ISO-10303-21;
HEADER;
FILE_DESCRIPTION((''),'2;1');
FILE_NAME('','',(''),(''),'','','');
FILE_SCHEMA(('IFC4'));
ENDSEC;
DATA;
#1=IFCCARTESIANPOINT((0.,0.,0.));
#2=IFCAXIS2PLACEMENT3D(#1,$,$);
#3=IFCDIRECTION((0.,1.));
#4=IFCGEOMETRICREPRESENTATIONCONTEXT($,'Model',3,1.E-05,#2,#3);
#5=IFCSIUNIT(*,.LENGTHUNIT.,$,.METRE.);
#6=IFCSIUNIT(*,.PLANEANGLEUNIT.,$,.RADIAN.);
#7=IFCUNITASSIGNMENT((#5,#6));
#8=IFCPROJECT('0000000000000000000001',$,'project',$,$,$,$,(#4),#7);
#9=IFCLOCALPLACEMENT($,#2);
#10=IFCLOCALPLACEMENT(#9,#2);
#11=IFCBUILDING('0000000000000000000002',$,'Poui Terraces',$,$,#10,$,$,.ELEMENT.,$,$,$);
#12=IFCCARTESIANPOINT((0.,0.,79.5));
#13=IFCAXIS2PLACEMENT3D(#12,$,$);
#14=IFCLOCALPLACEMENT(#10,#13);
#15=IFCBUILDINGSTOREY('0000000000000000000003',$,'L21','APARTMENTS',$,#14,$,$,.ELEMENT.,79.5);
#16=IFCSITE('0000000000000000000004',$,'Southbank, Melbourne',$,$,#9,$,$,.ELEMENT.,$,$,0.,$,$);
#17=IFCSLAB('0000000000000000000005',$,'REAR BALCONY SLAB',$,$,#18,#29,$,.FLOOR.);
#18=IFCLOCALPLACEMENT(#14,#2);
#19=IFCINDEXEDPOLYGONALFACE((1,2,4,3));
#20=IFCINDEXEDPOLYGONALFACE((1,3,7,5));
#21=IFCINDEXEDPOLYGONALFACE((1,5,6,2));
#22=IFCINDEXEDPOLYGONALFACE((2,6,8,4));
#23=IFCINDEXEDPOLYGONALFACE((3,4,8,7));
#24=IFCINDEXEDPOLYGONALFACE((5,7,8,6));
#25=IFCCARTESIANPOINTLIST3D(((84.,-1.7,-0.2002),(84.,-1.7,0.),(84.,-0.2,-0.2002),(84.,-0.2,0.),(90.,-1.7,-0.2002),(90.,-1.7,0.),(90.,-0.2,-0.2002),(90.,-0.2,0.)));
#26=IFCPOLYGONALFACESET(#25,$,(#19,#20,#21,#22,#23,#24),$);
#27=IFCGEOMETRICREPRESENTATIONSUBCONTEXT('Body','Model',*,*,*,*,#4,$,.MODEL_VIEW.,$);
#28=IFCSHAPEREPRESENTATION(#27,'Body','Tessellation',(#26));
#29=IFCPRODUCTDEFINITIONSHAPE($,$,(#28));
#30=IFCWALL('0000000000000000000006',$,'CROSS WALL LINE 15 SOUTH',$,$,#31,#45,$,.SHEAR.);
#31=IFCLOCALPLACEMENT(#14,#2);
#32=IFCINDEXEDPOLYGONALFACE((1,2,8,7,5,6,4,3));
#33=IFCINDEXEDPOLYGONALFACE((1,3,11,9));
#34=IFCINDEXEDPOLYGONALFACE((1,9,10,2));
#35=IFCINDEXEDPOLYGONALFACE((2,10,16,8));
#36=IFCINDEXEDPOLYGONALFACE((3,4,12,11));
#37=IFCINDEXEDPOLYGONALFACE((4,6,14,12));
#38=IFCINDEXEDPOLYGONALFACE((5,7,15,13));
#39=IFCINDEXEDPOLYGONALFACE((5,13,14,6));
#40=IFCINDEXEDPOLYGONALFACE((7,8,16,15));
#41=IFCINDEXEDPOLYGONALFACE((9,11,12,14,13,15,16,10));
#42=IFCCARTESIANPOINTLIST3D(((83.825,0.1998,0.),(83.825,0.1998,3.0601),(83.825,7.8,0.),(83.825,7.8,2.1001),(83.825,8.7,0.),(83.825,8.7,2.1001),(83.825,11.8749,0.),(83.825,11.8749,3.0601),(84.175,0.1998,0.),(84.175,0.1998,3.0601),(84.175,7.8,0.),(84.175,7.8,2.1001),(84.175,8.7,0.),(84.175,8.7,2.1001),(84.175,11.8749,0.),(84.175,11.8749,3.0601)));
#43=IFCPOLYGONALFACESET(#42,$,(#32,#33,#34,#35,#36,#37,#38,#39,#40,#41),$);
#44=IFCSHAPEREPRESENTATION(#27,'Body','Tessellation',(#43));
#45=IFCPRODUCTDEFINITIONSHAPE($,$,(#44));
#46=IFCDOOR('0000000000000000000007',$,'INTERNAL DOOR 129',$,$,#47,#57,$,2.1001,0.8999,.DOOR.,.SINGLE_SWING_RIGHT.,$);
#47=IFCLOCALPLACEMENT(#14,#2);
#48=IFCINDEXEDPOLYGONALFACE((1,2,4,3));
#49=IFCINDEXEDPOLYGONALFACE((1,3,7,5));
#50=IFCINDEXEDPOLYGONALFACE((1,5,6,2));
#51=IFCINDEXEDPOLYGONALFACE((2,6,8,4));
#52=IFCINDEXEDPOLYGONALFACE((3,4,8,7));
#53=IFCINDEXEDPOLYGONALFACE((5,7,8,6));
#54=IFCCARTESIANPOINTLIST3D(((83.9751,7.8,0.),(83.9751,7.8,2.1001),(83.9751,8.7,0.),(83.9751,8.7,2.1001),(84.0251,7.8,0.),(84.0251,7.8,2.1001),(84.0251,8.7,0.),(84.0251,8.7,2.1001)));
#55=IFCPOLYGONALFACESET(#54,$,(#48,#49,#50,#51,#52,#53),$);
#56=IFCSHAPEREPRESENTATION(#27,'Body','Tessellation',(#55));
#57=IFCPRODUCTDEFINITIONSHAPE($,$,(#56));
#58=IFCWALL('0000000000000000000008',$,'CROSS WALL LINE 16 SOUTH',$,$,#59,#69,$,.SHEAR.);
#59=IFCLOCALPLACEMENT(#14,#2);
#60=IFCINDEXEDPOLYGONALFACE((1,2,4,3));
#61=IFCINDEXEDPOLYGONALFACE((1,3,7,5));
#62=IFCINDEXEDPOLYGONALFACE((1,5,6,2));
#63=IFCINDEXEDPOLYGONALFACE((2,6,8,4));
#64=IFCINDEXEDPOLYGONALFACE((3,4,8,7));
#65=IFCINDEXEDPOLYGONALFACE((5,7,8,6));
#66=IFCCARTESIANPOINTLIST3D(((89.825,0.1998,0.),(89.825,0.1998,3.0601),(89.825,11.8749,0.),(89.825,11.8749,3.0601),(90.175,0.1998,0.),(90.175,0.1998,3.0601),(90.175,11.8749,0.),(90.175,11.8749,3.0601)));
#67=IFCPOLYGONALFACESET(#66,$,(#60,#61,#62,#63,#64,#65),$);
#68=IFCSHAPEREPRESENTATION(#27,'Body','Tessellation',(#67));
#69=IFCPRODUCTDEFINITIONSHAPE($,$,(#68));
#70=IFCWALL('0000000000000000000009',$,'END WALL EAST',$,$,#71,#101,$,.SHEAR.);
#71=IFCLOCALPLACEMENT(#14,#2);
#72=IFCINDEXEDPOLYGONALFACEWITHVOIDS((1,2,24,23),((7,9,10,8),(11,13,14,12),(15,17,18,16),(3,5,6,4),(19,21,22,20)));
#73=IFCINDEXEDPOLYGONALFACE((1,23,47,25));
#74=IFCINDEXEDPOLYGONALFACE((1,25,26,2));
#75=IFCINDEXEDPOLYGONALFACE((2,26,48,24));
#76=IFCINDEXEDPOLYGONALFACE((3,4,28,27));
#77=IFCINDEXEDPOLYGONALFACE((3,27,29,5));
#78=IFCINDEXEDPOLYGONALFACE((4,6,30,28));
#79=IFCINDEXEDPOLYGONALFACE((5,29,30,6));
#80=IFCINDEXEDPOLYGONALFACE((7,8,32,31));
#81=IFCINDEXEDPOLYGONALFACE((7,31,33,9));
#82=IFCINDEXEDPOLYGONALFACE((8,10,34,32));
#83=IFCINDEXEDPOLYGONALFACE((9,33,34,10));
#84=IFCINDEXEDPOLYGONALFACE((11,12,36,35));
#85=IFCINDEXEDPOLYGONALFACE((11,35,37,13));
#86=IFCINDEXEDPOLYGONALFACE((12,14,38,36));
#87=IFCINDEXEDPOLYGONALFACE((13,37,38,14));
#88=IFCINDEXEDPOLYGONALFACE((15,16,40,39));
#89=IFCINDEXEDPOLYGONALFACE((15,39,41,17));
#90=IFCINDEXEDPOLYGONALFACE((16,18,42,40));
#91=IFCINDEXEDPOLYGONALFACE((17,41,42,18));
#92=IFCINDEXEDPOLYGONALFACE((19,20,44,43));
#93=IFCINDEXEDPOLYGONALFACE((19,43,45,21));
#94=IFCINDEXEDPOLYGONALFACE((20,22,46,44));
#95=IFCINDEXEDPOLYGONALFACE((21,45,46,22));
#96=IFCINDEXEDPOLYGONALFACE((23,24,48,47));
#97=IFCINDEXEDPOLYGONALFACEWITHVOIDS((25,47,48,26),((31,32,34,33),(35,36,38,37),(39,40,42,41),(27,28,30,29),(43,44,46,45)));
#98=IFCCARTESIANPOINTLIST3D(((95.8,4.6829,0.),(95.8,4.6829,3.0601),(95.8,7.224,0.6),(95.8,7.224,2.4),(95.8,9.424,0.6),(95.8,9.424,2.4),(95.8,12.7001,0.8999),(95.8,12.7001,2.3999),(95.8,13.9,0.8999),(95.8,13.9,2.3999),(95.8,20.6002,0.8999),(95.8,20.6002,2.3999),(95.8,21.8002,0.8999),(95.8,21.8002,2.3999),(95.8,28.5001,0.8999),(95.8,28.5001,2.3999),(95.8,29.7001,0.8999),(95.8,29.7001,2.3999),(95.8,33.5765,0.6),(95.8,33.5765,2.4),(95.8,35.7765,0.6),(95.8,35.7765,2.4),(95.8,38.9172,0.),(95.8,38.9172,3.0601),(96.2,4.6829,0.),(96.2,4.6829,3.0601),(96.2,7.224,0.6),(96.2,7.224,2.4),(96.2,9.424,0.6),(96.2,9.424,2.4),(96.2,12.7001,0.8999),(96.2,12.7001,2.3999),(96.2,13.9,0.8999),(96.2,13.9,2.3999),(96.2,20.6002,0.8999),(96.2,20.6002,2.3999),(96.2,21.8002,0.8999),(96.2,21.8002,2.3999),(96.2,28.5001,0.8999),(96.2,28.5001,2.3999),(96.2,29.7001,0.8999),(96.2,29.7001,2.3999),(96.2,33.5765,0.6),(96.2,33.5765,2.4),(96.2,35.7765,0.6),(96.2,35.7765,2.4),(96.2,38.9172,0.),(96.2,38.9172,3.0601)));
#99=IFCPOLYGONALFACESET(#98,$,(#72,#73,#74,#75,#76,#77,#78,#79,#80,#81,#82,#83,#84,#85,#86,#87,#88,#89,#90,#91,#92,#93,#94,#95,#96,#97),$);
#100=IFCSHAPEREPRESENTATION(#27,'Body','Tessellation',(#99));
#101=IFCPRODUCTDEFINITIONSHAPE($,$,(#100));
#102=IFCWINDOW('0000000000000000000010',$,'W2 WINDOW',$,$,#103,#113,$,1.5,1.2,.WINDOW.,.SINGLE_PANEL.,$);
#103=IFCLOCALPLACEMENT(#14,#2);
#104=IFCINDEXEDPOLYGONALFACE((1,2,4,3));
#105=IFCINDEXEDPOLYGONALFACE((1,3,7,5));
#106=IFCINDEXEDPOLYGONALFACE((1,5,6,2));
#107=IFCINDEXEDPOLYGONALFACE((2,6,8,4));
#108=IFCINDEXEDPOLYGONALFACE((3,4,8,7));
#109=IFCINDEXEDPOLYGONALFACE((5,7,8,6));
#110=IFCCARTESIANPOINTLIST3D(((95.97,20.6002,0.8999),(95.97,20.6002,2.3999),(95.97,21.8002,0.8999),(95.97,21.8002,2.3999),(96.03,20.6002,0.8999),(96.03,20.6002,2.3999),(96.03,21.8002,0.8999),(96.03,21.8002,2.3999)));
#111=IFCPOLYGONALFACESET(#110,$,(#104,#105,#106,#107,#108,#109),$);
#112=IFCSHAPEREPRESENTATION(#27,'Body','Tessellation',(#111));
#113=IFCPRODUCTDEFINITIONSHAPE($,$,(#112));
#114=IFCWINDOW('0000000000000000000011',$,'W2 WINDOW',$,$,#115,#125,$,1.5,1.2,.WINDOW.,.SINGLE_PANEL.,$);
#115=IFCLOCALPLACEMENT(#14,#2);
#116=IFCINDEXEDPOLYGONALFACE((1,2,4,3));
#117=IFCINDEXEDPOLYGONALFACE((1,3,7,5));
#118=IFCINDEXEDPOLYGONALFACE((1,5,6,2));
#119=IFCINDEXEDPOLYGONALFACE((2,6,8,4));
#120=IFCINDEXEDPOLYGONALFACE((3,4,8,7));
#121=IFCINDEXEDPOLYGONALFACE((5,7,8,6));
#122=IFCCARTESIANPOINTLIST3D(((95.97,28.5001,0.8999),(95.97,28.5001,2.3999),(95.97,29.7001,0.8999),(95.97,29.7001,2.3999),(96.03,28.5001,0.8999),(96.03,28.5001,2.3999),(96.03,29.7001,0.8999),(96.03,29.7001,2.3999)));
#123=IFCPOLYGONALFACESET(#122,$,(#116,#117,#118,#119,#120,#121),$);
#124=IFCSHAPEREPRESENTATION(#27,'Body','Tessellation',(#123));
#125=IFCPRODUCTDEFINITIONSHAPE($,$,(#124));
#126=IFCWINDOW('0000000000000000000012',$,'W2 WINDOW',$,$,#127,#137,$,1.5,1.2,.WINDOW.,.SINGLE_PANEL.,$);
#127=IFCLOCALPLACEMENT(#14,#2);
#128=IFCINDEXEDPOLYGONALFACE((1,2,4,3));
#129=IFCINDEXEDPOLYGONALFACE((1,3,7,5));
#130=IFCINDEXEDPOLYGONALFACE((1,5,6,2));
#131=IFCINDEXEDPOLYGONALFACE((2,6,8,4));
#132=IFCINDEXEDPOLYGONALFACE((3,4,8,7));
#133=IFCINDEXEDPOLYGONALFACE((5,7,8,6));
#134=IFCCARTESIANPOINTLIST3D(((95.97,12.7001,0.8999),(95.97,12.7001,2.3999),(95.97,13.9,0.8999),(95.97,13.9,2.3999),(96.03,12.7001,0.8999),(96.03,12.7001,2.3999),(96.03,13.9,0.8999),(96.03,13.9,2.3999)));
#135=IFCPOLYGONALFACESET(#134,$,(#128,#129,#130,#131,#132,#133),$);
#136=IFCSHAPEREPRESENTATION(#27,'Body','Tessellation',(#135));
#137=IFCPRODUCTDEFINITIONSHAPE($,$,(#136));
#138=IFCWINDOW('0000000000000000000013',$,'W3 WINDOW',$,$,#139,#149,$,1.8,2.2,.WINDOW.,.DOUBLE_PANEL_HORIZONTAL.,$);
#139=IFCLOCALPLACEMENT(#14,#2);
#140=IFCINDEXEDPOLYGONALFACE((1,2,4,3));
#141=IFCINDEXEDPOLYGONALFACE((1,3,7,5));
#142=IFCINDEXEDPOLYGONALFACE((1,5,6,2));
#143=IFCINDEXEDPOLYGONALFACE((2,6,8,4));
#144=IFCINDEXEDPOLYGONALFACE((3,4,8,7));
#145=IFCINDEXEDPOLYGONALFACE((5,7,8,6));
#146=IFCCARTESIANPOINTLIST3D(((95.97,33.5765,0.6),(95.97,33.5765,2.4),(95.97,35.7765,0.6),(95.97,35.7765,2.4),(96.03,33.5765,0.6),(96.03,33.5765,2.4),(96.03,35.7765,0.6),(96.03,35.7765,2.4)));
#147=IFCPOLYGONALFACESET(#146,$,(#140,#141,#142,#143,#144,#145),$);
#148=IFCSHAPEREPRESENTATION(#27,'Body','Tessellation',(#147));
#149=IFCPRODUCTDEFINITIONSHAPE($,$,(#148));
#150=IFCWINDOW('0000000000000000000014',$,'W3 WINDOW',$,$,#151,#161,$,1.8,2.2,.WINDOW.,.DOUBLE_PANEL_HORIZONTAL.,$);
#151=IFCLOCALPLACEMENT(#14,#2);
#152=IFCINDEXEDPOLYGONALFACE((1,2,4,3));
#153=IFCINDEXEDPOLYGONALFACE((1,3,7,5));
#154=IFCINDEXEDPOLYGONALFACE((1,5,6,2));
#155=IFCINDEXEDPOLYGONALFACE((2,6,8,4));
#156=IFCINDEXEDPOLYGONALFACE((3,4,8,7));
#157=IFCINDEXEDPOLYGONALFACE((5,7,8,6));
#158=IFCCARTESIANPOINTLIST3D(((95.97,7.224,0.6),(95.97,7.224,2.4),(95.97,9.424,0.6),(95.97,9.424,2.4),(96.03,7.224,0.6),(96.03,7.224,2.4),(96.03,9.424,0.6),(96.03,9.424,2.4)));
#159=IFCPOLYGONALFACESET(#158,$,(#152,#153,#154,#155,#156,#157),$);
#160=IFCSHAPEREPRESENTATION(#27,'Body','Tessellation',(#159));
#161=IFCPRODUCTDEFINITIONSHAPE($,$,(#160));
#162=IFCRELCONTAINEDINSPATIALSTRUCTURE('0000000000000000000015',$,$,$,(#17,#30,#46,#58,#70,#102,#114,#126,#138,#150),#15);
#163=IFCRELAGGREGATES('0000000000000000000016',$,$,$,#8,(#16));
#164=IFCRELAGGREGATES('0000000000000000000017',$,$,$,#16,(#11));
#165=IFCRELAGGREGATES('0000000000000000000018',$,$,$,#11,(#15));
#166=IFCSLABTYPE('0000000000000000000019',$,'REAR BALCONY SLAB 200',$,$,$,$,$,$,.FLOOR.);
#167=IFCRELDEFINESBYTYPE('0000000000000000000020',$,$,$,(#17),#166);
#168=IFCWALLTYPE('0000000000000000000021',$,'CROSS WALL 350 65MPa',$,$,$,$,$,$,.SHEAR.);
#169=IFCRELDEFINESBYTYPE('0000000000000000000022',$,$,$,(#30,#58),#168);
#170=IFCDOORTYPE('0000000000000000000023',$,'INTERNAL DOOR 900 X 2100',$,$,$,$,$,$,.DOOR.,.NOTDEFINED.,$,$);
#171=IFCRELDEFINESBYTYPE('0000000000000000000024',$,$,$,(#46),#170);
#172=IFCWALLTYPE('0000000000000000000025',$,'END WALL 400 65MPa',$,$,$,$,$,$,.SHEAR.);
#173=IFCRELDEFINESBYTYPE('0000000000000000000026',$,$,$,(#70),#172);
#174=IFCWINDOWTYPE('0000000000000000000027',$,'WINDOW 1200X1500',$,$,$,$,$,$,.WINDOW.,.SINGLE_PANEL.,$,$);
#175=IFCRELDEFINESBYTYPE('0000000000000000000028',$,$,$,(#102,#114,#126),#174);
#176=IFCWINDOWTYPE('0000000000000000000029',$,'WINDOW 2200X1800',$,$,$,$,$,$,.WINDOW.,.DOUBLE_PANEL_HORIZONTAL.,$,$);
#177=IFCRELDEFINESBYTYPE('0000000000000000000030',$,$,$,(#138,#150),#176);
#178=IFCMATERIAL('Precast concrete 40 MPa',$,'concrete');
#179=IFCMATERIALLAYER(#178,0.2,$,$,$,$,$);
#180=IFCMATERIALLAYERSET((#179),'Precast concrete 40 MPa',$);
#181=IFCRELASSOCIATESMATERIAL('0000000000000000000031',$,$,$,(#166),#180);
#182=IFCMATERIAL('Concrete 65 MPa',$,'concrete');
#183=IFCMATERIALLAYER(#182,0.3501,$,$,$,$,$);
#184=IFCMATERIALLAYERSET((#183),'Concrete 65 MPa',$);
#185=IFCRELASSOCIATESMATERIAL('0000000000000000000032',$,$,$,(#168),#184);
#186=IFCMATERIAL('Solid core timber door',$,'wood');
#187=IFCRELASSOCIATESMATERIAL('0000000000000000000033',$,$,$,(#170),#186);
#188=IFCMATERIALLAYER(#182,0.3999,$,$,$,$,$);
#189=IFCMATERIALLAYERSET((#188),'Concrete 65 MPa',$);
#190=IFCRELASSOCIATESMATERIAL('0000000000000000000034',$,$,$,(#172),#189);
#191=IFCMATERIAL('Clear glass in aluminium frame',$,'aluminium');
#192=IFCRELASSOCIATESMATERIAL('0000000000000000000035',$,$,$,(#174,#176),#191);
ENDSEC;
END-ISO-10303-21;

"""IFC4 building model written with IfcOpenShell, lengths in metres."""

from ifc_helpers import new_model, si_unit, direction, frame, frame_2d, origin, place, context, subcontext, project, spatial, polyline, rectangle, outline, extrude, source, transform, mapped, material, layer, layer_set, type_object, element, fill, save


model = new_model("IFC4")

# Units and contexts
model_context = context("Model", 3, precision=1e-05, world=origin(), true_north=direction((0.0, 1.0)))
body_context = subcontext(model_context, "Body", "Model", "MODEL_VIEW")
ifc_project = project(units=[si_unit("LENGTHUNIT", "METRE"), si_unit("PLANEANGLEUNIT", "RADIAN")], contexts=[model_context])

# Site, building, storey
site_placement = place(None, origin())
site = spatial("IfcSite", under=ifc_project, at=site_placement, Name="Southbank, Melbourne", CompositionType="ELEMENT", RefElevation=0.0)
building_placement = place(site_placement, origin())
building = spatial("IfcBuilding", under=site, at=building_placement, Name="Poui Terraces", CompositionType="ELEMENT")
storey_placement = place(building_placement, frame((0.0, 0.0, 79.5)))
storey = spatial("IfcBuildingStorey", under=building, at=storey_placement, Name="L21", Description="APARTMENTS", CompositionType="ELEMENT", Elevation=79.5)

# Slab
ifc_material_1 = material(Name="Precast concrete 40 MPa", Category="concrete")
ifc_layer_1 = layer(ifc_material_1, 0.2)
ifc_layer_set_1 = layer_set([ifc_layer_1], Name="Precast concrete 40 MPa")
slab_type = type_object("IfcSlabType", Name="REAR BALCONY SLAB 200", PredefinedType="FLOOR", material=ifc_layer_set_1)
shared_shape_1 = source(origin(), body_context, "Body", "SweptSolid", [
    extrude(outline(polyline([(0.0, 0.0), (6.0, 0.0), (6.0, 1.5), (0.0, 1.5), (0.0, 0.0)])), origin(), (0.0, 0.0, 1.0), 0.2002),
])
slab_placement = place(storey_placement, frame((84.0, -1.7, -0.2002)))
element("IfcSlab", 1, at=slab_placement, inside=storey, type_object=slab_type, Name="REAR BALCONY SLAB", PredefinedType="FLOOR", context=body_context, shape_type="MappedRepresentation", body=[
    mapped(shared_shape_1, transform((0.0, 0.0, 0.0))),
])

# Wall, opening, door
ifc_material_2 = material(Name="Concrete 65 MPa", Category="concrete")
ifc_layer_2 = layer(ifc_material_2, 0.3501)
ifc_layer_set_2 = layer_set([ifc_layer_2], Name="Concrete 65 MPa")
wall_type_1 = type_object("IfcWallType", Name="CROSS WALL 350 65MPa", PredefinedType="SHEAR", material=ifc_layer_set_2)
wall_1_placement = place(storey_placement, frame((84.0, 0.2, 0.0), z_axis=(0.0, 0.0, 1.0), x_axis=(0.0, 1.0, 0.0)))
wall_1 = element("IfcWall", 2, at=wall_1_placement, inside=storey, type_object=wall_type_1, Name="CROSS WALL LINE 15 SOUTH", PredefinedType="SHEAR", context=body_context, shape_type="SweptSolid", body=[
    extrude(rectangle(XDim=11.675, YDim=0.3501, at=frame_2d((5.8374, 0.0))), origin(), (0.0, 0.0, 1.0), 3.0601),
])
opening_1_placement = place(wall_1_placement, frame((7.6001, 0.0, 0.0)))
opening_1 = element("IfcOpeningElement", 3, at=opening_1_placement, cuts=wall_1, PredefinedType="OPENING", context=body_context, shape_type="SweptSolid", body=[
    extrude(rectangle(XDim=0.8999, YDim=2.1001, at=frame_2d((0.45, 1.05))), frame((0.0, 0.1851, 0.0), z_axis=(0.0, -1.0, 0.0), x_axis=(1.0, 0.0, 0.0)), (0.0, 0.0, 1.0), 0.3701),
])
ifc_material_3 = material(Name="Solid core timber door", Category="wood")
door_type_1 = type_object("IfcDoorType", Name="INTERNAL DOOR 900 X 2100", OperationType="NOTDEFINED", PredefinedType="DOOR", material=ifc_material_3)
door_1_placement = place(opening_1_placement, origin())
door_1 = element("IfcDoor", 4, at=door_1_placement, inside=storey, type_object=door_type_1, Name="INTERNAL DOOR 129", OperationType="SINGLE_SWING_RIGHT", OverallHeight=2.1001, OverallWidth=0.8999, PredefinedType="DOOR", context=body_context, shape_type="SweptSolid", body=[
    extrude(rectangle(XDim=0.8999, YDim=2.1001, at=frame_2d((0.45, 1.05))), frame((0.0, 0.0249, 0.0), z_axis=(0.0, -1.0, 0.0), x_axis=(1.0, 0.0, 0.0)), (0.0, 0.0, 1.0), 0.05),
])
fill(opening_1, door_1)

# Wall
wall_2_placement = place(storey_placement, frame((90.0, 0.2, 0.0), z_axis=(0.0, 0.0, 1.0), x_axis=(0.0, 1.0, 0.0)))
element("IfcWall", 5, at=wall_2_placement, inside=storey, type_object=wall_type_1, Name="CROSS WALL LINE 16 SOUTH", PredefinedType="SHEAR", context=body_context, shape_type="SweptSolid", body=[
    extrude(rectangle(XDim=11.675, YDim=0.3501, at=frame_2d((5.8374, 0.0))), origin(), (0.0, 0.0, 1.0), 3.0601),
])

# Wall, openings, windows
ifc_layer_3 = layer(ifc_material_2, 0.3999)
ifc_layer_set_3 = layer_set([ifc_layer_3], Name="Concrete 65 MPa")
wall_type_2 = type_object("IfcWallType", Name="END WALL 400 65MPa", PredefinedType="SHEAR", material=ifc_layer_set_3)
wall_3_placement = place(storey_placement, frame((96.0, 4.6829, 0.0), z_axis=(0.0, 0.0, 1.0), x_axis=(0.0, 1.0, 0.0)))
wall_3 = element("IfcWall", 6, at=wall_3_placement, inside=storey, type_object=wall_type_2, Name="END WALL EAST", PredefinedType="SHEAR", context=body_context, shape_type="SweptSolid", body=[
    extrude(rectangle(XDim=34.2344, YDim=0.3999, at=frame_2d((17.1172, 0.0))), origin(), (0.0, 0.0, 1.0), 3.0601),
])
opening_2_placement = place(wall_3_placement, frame((15.9172, 0.0, 0.8999)))
opening_2 = element("IfcOpeningElement", 7, at=opening_2_placement, cuts=wall_3, PredefinedType="OPENING", context=body_context, shape_type="SweptSolid", body=[
    extrude(rectangle(XDim=1.2, YDim=1.5, at=frame_2d((0.6001, 0.75))), frame((0.0, 0.21, 0.0), z_axis=(0.0, -1.0, 0.0), x_axis=(1.0, 0.0, 0.0)), (0.0, 0.0, 1.0), 0.4199),
])
opening_3_placement = place(wall_3_placement, frame((23.8171, 0.0, 0.8999)))
opening_3 = element("IfcOpeningElement", 8, at=opening_3_placement, cuts=wall_3, PredefinedType="OPENING", context=body_context, shape_type="SweptSolid", body=[
    extrude(rectangle(XDim=1.2, YDim=1.5, at=frame_2d((0.6001, 0.75))), frame((0.0, 0.21, 0.0), z_axis=(0.0, -1.0, 0.0), x_axis=(1.0, 0.0, 0.0)), (0.0, 0.0, 1.0), 0.4199),
])
opening_4_placement = place(wall_3_placement, frame((8.0171, 0.0, 0.8999)))
opening_4 = element("IfcOpeningElement", 9, at=opening_4_placement, cuts=wall_3, PredefinedType="OPENING", context=body_context, shape_type="SweptSolid", body=[
    extrude(rectangle(XDim=1.2, YDim=1.5, at=frame_2d((0.6001, 0.75))), frame((0.0, 0.21, 0.0), z_axis=(0.0, -1.0, 0.0), x_axis=(1.0, 0.0, 0.0)), (0.0, 0.0, 1.0), 0.4199),
])
opening_5_placement = place(wall_3_placement, frame((28.8936, 0.0, 0.6001)))
opening_5 = element("IfcOpeningElement", 10, at=opening_5_placement, cuts=wall_3, PredefinedType="OPENING", context=body_context, shape_type="SweptSolid", body=[
    extrude(rectangle(XDim=2.2, YDim=1.8, at=frame_2d((1.1001, 0.8999))), frame((0.0, 0.21, 0.0), z_axis=(0.0, -1.0, 0.0), x_axis=(1.0, 0.0, 0.0)), (0.0, 0.0, 1.0), 0.4199),
])
opening_6_placement = place(wall_3_placement, frame((2.541, 0.0, 0.6001)))
opening_6 = element("IfcOpeningElement", 11, at=opening_6_placement, cuts=wall_3, PredefinedType="OPENING", context=body_context, shape_type="SweptSolid", body=[
    extrude(rectangle(XDim=2.2, YDim=1.8, at=frame_2d((1.1001, 0.8999))), frame((0.0, 0.21, 0.0), z_axis=(0.0, -1.0, 0.0), x_axis=(1.0, 0.0, 0.0)), (0.0, 0.0, 1.0), 0.4199),
])
ifc_material_4 = material(Name="Clear glass in aluminium frame", Category="aluminium")
window_type_1 = type_object("IfcWindowType", Name="WINDOW 1200X1500", PartitioningType="SINGLE_PANEL", PredefinedType="WINDOW", material=ifc_material_4)
window_1_placement = place(opening_2_placement, origin())
window_1 = element("IfcWindow", 12, at=window_1_placement, inside=storey, type_object=window_type_1, Name="W2 WINDOW", OverallHeight=1.5, OverallWidth=1.2, PartitioningType="SINGLE_PANEL", PredefinedType="WINDOW", context=body_context, shape_type="SweptSolid", body=[
    extrude(rectangle(XDim=1.2, YDim=1.5, at=frame_2d((0.6001, 0.75))), frame((0.0, 0.03, 0.0), z_axis=(0.0, -1.0, 0.0), x_axis=(1.0, 0.0, 0.0)), (0.0, 0.0, 1.0), 0.0601),
])
fill(opening_2, window_1)
window_2_placement = place(opening_3_placement, origin())
window_2 = element("IfcWindow", 13, at=window_2_placement, inside=storey, type_object=window_type_1, Name="W2 WINDOW", OverallHeight=1.5, OverallWidth=1.2, PartitioningType="SINGLE_PANEL", PredefinedType="WINDOW", context=body_context, shape_type="SweptSolid", body=[
    extrude(rectangle(XDim=1.2, YDim=1.5, at=frame_2d((0.6001, 0.75))), frame((0.0, 0.03, 0.0), z_axis=(0.0, -1.0, 0.0), x_axis=(1.0, 0.0, 0.0)), (0.0, 0.0, 1.0), 0.0601),
])
fill(opening_3, window_2)
window_3_placement = place(opening_4_placement, origin())
window_3 = element("IfcWindow", 14, at=window_3_placement, inside=storey, type_object=window_type_1, Name="W2 WINDOW", OverallHeight=1.5, OverallWidth=1.2, PartitioningType="SINGLE_PANEL", PredefinedType="WINDOW", context=body_context, shape_type="SweptSolid", body=[
    extrude(rectangle(XDim=1.2, YDim=1.5, at=frame_2d((0.6001, 0.75))), frame((0.0, 0.03, 0.0), z_axis=(0.0, -1.0, 0.0), x_axis=(1.0, 0.0, 0.0)), (0.0, 0.0, 1.0), 0.0601),
])
fill(opening_4, window_3)
window_type_2 = type_object("IfcWindowType", Name="WINDOW 2200X1800", PartitioningType="DOUBLE_PANEL_HORIZONTAL", PredefinedType="WINDOW", material=ifc_material_4)
window_4_placement = place(opening_5_placement, origin())
window_4 = element("IfcWindow", 15, at=window_4_placement, inside=storey, type_object=window_type_2, Name="W3 WINDOW", OverallHeight=1.8, OverallWidth=2.2, PartitioningType="DOUBLE_PANEL_HORIZONTAL", PredefinedType="WINDOW", context=body_context, shape_type="SweptSolid", body=[
    extrude(rectangle(XDim=2.2, YDim=1.8, at=frame_2d((1.1001, 0.8999))), frame((0.0, 0.03, 0.0), z_axis=(0.0, -1.0, 0.0), x_axis=(1.0, 0.0, 0.0)), (0.0, 0.0, 1.0), 0.0601),
])
fill(opening_5, window_4)
window_5_placement = place(opening_6_placement, origin())
window_5 = element("IfcWindow", 16, at=window_5_placement, inside=storey, type_object=window_type_2, Name="W3 WINDOW", OverallHeight=1.8, OverallWidth=2.2, PartitioningType="DOUBLE_PANEL_HORIZONTAL", PredefinedType="WINDOW", context=body_context, shape_type="SweptSolid", body=[
    extrude(rectangle(XDim=2.2, YDim=1.8, at=frame_2d((1.1001, 0.8999))), frame((0.0, 0.03, 0.0), z_axis=(0.0, -1.0, 0.0), x_axis=(1.0, 0.0, 0.0)), (0.0, 0.0, 1.0), 0.0601),
])
fill(opening_6, window_5)

save(model, "model.ifc")
